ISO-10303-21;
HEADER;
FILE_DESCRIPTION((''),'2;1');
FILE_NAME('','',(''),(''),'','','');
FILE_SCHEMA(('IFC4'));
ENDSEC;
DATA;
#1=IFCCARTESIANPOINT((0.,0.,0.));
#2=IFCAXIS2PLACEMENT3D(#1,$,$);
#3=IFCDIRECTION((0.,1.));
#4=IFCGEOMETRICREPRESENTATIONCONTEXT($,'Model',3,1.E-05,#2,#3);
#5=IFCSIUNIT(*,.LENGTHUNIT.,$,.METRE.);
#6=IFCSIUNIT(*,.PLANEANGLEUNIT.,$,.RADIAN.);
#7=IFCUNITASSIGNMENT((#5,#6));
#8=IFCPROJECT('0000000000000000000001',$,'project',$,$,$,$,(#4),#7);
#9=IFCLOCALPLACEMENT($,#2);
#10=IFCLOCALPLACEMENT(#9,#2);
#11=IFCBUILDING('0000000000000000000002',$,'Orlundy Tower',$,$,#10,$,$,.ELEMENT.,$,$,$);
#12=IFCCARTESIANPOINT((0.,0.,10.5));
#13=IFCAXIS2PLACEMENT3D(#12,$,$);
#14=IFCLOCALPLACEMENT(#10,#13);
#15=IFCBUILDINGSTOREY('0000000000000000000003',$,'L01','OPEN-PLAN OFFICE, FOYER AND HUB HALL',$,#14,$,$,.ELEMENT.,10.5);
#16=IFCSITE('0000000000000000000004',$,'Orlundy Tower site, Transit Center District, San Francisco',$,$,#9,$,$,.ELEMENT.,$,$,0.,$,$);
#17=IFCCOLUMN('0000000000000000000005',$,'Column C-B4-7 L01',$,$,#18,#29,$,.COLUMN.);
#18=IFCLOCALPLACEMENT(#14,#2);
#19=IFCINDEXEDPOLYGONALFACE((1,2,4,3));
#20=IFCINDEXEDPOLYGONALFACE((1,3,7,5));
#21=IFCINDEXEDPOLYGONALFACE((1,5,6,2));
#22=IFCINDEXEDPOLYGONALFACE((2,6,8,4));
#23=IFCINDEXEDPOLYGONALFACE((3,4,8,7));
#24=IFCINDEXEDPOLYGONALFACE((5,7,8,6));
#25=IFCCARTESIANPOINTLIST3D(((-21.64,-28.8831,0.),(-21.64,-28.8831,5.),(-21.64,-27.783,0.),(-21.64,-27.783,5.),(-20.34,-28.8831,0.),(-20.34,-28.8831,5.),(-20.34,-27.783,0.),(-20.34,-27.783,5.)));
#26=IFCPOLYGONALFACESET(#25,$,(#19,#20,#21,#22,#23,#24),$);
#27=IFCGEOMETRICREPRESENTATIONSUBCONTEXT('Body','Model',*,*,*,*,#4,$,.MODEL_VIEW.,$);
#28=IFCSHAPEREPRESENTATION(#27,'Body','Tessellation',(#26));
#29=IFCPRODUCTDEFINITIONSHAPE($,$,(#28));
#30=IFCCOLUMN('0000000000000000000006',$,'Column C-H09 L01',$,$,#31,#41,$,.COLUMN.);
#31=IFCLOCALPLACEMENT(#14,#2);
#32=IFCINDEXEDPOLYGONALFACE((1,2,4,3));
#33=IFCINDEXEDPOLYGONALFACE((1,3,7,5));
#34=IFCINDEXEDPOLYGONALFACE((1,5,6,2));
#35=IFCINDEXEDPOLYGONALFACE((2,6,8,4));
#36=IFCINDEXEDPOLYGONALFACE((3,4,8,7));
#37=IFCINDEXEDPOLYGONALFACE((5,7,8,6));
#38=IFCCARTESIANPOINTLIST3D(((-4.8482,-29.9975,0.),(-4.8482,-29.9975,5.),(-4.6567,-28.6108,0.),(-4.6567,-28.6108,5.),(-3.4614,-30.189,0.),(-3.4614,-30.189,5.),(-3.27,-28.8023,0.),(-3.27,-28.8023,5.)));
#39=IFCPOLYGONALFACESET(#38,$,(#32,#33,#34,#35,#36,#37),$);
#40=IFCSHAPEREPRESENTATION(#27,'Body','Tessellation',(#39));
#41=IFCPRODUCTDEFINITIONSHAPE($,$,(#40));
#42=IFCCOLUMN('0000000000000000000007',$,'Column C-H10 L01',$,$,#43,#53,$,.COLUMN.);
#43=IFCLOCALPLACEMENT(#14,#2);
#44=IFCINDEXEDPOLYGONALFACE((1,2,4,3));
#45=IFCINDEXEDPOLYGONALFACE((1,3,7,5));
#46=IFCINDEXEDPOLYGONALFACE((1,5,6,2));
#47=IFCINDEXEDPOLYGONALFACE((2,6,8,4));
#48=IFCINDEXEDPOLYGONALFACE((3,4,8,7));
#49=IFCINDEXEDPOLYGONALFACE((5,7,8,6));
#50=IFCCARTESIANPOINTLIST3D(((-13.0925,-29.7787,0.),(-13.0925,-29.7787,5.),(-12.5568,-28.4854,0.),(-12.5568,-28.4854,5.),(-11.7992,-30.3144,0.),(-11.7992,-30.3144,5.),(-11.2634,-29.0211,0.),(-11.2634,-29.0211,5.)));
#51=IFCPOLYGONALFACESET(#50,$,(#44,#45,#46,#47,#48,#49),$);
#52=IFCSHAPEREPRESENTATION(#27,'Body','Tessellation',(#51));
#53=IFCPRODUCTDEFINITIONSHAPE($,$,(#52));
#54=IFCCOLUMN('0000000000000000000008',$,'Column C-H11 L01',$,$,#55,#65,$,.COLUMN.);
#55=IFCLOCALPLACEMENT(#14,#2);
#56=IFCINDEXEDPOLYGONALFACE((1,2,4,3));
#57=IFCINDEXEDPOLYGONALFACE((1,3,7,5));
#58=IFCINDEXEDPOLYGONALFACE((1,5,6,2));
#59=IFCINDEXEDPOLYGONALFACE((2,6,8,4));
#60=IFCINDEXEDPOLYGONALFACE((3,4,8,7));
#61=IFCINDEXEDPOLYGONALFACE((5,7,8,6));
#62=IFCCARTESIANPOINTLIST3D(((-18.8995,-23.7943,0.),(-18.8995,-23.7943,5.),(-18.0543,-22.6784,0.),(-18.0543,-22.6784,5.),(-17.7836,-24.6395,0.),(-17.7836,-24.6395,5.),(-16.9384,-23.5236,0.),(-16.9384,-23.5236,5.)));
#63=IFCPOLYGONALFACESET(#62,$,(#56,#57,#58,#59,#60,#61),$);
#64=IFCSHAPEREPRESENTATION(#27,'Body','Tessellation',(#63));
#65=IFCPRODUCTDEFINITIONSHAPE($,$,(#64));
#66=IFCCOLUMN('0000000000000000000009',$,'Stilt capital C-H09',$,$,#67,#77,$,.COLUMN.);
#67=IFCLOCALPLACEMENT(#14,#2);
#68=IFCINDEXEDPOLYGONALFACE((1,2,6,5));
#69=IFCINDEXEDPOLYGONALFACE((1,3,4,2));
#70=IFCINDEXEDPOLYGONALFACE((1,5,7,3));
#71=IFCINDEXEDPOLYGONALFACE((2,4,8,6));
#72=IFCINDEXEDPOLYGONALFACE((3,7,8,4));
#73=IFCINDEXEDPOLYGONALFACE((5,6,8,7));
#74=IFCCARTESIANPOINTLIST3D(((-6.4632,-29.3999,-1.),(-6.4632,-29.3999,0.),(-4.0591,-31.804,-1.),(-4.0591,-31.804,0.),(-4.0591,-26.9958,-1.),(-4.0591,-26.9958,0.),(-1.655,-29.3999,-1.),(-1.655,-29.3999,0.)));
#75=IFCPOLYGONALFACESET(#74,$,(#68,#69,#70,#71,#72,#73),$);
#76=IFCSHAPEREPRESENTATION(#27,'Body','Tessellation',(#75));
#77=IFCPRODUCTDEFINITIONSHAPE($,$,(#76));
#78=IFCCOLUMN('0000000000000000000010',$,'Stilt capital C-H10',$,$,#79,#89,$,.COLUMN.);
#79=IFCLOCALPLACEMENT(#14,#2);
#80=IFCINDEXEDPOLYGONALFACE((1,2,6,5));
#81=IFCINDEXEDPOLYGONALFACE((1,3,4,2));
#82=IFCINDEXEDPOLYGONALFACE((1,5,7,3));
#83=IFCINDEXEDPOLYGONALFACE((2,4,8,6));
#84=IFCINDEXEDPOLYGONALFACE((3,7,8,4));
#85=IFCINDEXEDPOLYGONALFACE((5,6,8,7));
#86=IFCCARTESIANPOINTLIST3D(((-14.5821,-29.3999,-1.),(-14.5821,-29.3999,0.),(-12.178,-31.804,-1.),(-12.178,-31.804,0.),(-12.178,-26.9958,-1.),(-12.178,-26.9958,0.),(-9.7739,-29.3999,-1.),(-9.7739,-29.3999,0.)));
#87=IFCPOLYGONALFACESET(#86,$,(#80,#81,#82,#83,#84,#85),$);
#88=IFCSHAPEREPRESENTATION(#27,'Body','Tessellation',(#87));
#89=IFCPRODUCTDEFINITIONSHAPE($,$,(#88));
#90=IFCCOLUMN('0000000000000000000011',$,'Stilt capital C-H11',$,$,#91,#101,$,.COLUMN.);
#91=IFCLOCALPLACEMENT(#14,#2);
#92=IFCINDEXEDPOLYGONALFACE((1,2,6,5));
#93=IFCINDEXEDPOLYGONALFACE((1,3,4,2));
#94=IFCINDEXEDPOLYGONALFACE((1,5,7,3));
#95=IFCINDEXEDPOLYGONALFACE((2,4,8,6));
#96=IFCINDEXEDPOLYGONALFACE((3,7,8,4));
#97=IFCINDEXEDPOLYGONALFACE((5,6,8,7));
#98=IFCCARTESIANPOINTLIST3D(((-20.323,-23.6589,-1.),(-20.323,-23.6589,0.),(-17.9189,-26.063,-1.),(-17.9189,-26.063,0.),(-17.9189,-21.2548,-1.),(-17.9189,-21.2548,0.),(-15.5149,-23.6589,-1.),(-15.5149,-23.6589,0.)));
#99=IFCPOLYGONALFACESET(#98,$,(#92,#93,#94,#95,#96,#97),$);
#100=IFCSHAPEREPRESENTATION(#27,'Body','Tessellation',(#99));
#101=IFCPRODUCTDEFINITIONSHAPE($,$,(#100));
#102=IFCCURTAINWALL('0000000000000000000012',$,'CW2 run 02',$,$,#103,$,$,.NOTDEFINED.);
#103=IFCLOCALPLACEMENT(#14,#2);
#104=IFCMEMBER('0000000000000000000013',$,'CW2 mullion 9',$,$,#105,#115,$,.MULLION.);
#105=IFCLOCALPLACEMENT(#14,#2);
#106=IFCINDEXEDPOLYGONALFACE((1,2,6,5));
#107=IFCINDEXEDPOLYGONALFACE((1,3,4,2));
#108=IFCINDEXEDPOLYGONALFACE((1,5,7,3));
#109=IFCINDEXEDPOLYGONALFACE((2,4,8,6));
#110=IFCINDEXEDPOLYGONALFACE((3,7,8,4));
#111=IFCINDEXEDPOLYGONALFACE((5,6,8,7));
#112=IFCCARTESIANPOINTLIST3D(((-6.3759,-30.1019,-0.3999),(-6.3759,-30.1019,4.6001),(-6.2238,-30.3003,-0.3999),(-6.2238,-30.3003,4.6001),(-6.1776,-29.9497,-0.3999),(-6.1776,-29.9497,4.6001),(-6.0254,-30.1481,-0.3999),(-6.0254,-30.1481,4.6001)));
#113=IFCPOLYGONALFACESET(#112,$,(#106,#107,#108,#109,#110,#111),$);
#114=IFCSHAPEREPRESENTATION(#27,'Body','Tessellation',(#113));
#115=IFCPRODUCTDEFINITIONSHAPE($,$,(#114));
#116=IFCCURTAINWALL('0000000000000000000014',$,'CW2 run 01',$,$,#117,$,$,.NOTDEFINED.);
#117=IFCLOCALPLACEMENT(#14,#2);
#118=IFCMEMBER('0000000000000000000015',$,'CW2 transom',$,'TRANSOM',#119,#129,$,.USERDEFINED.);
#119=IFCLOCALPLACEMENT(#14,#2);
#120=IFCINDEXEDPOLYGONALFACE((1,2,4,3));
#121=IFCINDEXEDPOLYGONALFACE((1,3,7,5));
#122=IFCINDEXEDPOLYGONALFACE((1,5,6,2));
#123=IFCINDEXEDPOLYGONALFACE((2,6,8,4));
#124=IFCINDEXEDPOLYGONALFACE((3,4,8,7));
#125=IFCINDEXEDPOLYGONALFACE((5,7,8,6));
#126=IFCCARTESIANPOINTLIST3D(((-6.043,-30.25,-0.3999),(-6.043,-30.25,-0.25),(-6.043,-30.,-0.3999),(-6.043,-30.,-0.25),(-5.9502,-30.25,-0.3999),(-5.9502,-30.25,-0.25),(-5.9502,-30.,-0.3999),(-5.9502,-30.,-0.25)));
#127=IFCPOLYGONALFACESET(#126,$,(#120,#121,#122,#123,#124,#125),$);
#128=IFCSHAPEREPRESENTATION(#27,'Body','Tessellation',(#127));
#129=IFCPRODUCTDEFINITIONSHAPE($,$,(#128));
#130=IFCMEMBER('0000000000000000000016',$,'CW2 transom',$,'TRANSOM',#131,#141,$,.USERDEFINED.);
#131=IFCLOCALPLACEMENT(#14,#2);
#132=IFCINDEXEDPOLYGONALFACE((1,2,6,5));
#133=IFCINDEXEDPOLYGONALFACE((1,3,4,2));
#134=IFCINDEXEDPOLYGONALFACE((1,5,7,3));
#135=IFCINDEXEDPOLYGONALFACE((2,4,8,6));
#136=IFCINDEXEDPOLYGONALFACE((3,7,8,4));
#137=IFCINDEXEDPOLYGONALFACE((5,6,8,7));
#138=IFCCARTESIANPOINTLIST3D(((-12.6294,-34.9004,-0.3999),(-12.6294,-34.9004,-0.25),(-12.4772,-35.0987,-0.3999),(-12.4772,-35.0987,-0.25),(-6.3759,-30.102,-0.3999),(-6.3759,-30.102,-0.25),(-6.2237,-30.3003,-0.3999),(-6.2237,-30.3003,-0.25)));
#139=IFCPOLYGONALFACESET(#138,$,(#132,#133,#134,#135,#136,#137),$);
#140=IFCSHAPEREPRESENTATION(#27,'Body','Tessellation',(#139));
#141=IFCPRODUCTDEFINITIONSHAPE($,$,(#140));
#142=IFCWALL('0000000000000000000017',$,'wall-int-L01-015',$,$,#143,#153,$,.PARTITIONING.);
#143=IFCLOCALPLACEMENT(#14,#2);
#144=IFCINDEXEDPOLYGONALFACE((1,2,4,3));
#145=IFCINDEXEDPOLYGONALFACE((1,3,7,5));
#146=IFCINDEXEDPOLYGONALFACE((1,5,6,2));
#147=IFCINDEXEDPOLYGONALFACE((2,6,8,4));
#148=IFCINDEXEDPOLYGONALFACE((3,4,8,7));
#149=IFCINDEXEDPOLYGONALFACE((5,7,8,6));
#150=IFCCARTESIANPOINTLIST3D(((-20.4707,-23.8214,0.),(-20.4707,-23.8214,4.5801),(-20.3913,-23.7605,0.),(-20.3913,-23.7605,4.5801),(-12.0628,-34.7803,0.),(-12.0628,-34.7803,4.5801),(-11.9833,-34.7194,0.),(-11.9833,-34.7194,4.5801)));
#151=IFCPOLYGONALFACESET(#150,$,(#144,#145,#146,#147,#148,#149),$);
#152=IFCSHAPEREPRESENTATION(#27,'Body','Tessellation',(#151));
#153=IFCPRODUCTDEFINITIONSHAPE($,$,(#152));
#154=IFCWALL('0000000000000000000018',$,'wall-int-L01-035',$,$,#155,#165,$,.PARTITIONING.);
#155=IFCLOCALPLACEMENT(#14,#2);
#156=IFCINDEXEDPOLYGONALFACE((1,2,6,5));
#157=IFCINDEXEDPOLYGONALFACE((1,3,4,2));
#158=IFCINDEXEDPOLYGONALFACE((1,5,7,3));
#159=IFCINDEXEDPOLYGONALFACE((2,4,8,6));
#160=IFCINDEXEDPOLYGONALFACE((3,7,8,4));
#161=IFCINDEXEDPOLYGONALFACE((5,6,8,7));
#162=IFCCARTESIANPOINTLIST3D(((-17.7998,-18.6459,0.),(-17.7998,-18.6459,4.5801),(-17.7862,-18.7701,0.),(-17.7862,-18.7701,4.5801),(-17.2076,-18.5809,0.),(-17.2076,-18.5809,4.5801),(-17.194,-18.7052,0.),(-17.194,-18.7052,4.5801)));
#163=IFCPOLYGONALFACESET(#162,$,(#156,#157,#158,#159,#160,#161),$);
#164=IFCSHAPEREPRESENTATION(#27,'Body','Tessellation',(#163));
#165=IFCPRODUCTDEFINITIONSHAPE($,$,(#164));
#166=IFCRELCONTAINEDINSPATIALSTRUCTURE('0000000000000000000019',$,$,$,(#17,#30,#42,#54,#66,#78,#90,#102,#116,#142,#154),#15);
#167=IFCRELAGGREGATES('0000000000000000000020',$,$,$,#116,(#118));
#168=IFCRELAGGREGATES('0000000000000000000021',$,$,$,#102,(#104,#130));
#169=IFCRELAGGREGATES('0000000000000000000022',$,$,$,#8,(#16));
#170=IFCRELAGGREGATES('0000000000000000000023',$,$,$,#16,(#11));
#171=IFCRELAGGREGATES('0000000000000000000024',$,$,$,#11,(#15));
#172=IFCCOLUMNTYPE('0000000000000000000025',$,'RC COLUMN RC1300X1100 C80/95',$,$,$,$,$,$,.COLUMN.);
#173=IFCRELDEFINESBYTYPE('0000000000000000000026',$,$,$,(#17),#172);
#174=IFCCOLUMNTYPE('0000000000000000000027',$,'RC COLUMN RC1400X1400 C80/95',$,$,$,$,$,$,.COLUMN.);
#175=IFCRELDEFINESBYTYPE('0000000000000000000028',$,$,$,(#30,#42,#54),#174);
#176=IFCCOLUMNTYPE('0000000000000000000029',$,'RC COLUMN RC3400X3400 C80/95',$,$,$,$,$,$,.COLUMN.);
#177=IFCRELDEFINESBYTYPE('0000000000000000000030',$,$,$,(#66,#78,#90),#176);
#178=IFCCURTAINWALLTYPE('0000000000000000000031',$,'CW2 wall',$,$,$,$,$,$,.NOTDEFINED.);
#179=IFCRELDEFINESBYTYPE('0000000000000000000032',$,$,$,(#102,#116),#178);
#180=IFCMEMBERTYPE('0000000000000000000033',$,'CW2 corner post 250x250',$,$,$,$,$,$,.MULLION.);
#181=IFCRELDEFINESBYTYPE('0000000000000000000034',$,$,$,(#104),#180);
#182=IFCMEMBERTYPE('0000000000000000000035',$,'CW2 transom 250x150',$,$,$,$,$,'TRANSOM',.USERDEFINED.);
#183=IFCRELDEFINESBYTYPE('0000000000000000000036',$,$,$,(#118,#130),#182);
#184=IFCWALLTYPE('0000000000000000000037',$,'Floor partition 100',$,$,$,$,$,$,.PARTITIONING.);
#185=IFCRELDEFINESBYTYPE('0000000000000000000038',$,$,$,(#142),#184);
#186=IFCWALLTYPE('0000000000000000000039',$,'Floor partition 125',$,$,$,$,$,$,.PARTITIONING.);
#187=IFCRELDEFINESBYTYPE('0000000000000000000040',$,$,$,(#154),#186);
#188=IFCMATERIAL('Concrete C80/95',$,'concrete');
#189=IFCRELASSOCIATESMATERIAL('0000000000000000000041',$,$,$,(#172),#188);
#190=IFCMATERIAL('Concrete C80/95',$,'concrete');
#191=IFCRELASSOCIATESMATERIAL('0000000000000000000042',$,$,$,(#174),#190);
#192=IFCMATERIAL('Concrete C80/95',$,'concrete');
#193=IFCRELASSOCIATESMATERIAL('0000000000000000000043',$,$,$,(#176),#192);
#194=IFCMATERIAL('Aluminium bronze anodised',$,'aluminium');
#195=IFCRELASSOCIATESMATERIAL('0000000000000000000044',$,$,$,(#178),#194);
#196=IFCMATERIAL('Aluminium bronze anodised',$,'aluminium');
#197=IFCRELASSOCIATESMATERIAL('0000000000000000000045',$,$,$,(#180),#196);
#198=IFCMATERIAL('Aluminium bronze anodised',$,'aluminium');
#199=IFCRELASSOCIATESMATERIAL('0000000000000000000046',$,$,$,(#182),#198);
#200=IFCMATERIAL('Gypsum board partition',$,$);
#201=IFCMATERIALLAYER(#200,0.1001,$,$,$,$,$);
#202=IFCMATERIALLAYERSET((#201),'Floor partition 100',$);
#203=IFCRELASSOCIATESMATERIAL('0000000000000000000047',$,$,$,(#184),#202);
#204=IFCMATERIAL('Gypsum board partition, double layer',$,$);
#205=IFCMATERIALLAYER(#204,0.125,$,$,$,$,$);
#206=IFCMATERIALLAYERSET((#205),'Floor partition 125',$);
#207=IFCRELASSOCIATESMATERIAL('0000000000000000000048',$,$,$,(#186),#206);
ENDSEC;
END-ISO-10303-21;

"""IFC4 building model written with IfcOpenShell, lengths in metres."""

from ifc_helpers import new_model, si_unit, direction, frame, frame_2d, origin, origin_2d, place, context, subcontext, project, spatial, rectangle, extrude, material, layer, layer_set, material_profile, profile_set, type_object, element, aggregate, save


model = new_model("IFC4")

# Units and contexts
model_context = context("Model", 3, precision=1e-05, world=origin(), true_north=direction((0.0, 1.0)))
body_context = subcontext(model_context, "Body", "Model", "MODEL_VIEW")
ifc_project = project(units=[si_unit("LENGTHUNIT", "METRE"), si_unit("PLANEANGLEUNIT", "RADIAN")], contexts=[model_context])

# Site, building, storey
site_placement = place(None, origin())
site = spatial("IfcSite", under=ifc_project, at=site_placement, Name="Orlundy Tower site, Transit Center District, San Francisco", CompositionType="ELEMENT", RefElevation=0.0)
building_placement = place(site_placement, origin())
building = spatial("IfcBuilding", under=site, at=building_placement, Name="Orlundy Tower", CompositionType="ELEMENT")
storey_placement = place(building_placement, frame((0.0, 0.0, 10.5)))
storey = spatial("IfcBuildingStorey", under=building, at=storey_placement, Name="L01", Description="OPEN-PLAN OFFICE, FOYER AND HUB HALL", CompositionType="ELEMENT", Elevation=10.5)

# Columns
ifc_material_1 = material(Name="Concrete C80/95", Category="concrete")
ifc_material_profile_1 = material_profile(ifc_material_1, rectangle(XDim=1.3, YDim=1.1001, at=origin_2d()), Name="RC1300X1100")
ifc_profile_set_1 = profile_set([ifc_material_profile_1], Name="Concrete C80/95")
column_type_1 = type_object("IfcColumnType", Name="RC COLUMN RC1300X1100 C80/95", PredefinedType="COLUMN", material=ifc_profile_set_1)
column_placement = place(storey_placement, frame((-20.99, -28.333, 0.0), z_axis=(0.0, 0.0, 1.0), x_axis=(1.0, 0.0, 0.0)))
element("IfcColumn", 1, at=column_placement, inside=storey, type_object=column_type_1, Name="Column C-B4-7 L01", PredefinedType="COLUMN", context=body_context, shape_type="SweptSolid", body=[
    extrude(rectangle(XDim=1.3, YDim=1.1001, at=origin_2d()), origin(), (0.0, 0.0, 1.0), 5.0),
])
ifc_material_2 = material(Name="Concrete C80/95", Category="concrete")
ifc_material_profile_2 = material_profile(ifc_material_2, rectangle(XDim=1.3999, YDim=1.3999, at=origin_2d()), Name="RC1400X1400")
ifc_profile_set_2 = profile_set([ifc_material_profile_2], Name="Concrete C80/95")
column_type_2 = type_object("IfcColumnType", Name="RC COLUMN RC1400X1400 C80/95", PredefinedType="COLUMN", material=ifc_profile_set_2)
for number, where, z_axis, x_axis, name in (
    (2, (-4.0591, -29.3999, 0.0), (0.0, 0.0, 1.0), (-0.13677, -0.990603, 0.0), "Column C-H09 L01"),
    (3, (-12.178, -29.3999, 0.0), (0.0, 0.0, 1.0), (-0.382683, -0.92388, 0.0), "Column C-H10 L01"),
    (4, (-17.9189, -23.6589, 0.0), (0.0, 0.0, 1.0), (-0.603765, -0.797163, 0.0), "Column C-H11 L01"),
):
    element("IfcColumn", number, at=place(storey_placement, frame(where, z_axis=z_axis, x_axis=x_axis)), inside=storey, type_object=column_type_2, Name=name, PredefinedType="COLUMN", context=body_context, shape_type="SweptSolid", body=[
        extrude(rectangle(XDim=1.3999, YDim=1.3999, at=origin_2d()), origin(), (0.0, 0.0, 1.0), 5.0),
    ])
ifc_material_3 = material(Name="Concrete C80/95", Category="concrete")
ifc_material_profile_3 = material_profile(ifc_material_3, rectangle(XDim=3.3999, YDim=3.3999, at=origin_2d()), Name="RC3400X3400")
ifc_profile_set_3 = profile_set([ifc_material_profile_3], Name="Concrete C80/95")
column_type_3 = type_object("IfcColumnType", Name="RC COLUMN RC3400X3400 C80/95", PredefinedType="COLUMN", material=ifc_profile_set_3)
for number, where, z_axis, x_axis, name in (
    (5, (-4.0591, -29.3999, -1.0), (0.0, 0.0, 1.0), (0.707107, 0.707107, 0.0), "Stilt capital C-H09"),
    (6, (-12.178, -29.3999, -1.0), (0.0, 0.0, 1.0), (0.707107, 0.707107, 0.0), "Stilt capital C-H10"),
    (7, (-17.9189, -23.6589, -1.0), (0.0, 0.0, 1.0), (0.707107, 0.707107, 0.0), "Stilt capital C-H11"),
):
    element("IfcColumn", number, at=place(storey_placement, frame(where, z_axis=z_axis, x_axis=x_axis)), inside=storey, type_object=column_type_3, Name=name, PredefinedType="COLUMN", context=body_context, shape_type="SweptSolid", body=[
        extrude(rectangle(XDim=3.3999, YDim=3.3999, at=origin_2d()), origin(), (0.0, 0.0, 1.0), 1.0),
    ])

# Curtain walls, members
ifc_material_4 = material(Name="Aluminium bronze anodised", Category="aluminium")
curtain_wall_type = type_object("IfcCurtainWallType", Name="CW2 wall", PredefinedType="NOTDEFINED", material=ifc_material_4)
curtain_wall_1_placement = place(storey_placement, origin())
curtain_wall_1 = element("IfcCurtainWall", 8, at=curtain_wall_1_placement, inside=storey, type_object=curtain_wall_type, Name="CW2 run 02", PredefinedType="NOTDEFINED")
ifc_material_5 = material(Name="Aluminium bronze anodised", Category="aluminium")
ifc_material_profile_4 = material_profile(ifc_material_5, rectangle(XDim=0.25, YDim=0.25, at=origin_2d()), Name="CW2 corner post 250x250")
ifc_profile_set_4 = profile_set([ifc_material_profile_4], Name="Aluminium bronze anodised")
member_type_1 = type_object("IfcMemberType", Name="CW2 corner post 250x250", PredefinedType="MULLION", material=ifc_profile_set_4)
member_1_placement = place(storey_placement, frame((-6.2007, -30.125, -0.3999), z_axis=(0.0, 0.0, 1.0), x_axis=(0.608763, -0.793352, 0.0)))
member_1 = element("IfcMember", 9, at=member_1_placement, type_object=member_type_1, Name="CW2 mullion 9", PredefinedType="MULLION", context=body_context, shape_type="SweptSolid", body=[
    extrude(rectangle(XDim=0.25, YDim=0.25, at=origin_2d()), origin(), (0.0, 0.0, 1.0), 5.0),
])
curtain_wall_2_placement = place(storey_placement, origin())
curtain_wall_2 = element("IfcCurtainWall", 10, at=curtain_wall_2_placement, inside=storey, type_object=curtain_wall_type, Name="CW2 run 01", PredefinedType="NOTDEFINED")
ifc_material_6 = material(Name="Aluminium bronze anodised", Category="aluminium")
ifc_material_profile_5 = material_profile(ifc_material_6, rectangle(XDim=0.25, YDim=0.1499, at=origin_2d()), Name="CW2 transom 250x150")
ifc_profile_set_5 = profile_set([ifc_material_profile_5], Name="Aluminium bronze anodised")
member_type_2 = type_object("IfcMemberType", Name="CW2 transom 250x150", ElementType="TRANSOM", PredefinedType="USERDEFINED", material=ifc_profile_set_5)
member_2_placement = place(storey_placement, frame((-5.9502, -30.125, -0.325), z_axis=(-1.0, 0.0, 0.0), x_axis=(0.0, -1.0, 0.0)))
member_2 = element("IfcMember", 11, at=member_2_placement, type_object=member_type_2, Name="CW2 transom", ObjectType="TRANSOM", PredefinedType="USERDEFINED", context=body_context, shape_type="SweptSolid", body=[
    extrude(rectangle(XDim=0.25, YDim=0.1499, at=origin_2d()), origin(), (0.0, 0.0, 1.0), 0.0928),
])
aggregate(curtain_wall_2, [member_2])

# Member
member_3_placement = place(storey_placement, frame((-6.2998, -30.2012, -0.325), z_axis=(-0.793358, -0.608755, 0.0), x_axis=(0.608755, -0.793358, 0.0)))
member_3 = element("IfcMember", 12, at=member_3_placement, type_object=member_type_2, Name="CW2 transom", ObjectType="TRANSOM", PredefinedType="USERDEFINED", context=body_context, shape_type="SweptSolid", body=[
    extrude(rectangle(XDim=0.25, YDim=0.1499, at=origin_2d()), origin(), (0.0, 0.0, 1.0), 7.8823),
])
aggregate(curtain_wall_1, [member_1, member_3])

# Walls
ifc_material_7 = material(Name="Gypsum board partition")
ifc_layer_1 = layer(ifc_material_7, 0.1001)
ifc_layer_set_1 = layer_set([ifc_layer_1], Name="Floor partition 100")
wall_type_1 = type_object("IfcWallType", Name="Floor partition 100", PredefinedType="PARTITIONING", material=ifc_layer_set_1)
wall_1_placement = place(storey_placement, frame((-20.4309, -23.791, 0.0), z_axis=(0.0, 0.0, 1.0), x_axis=(0.608708, -0.793394, 0.0)))
element("IfcWall", 13, at=wall_1_placement, inside=storey, type_object=wall_type_1, Name="wall-int-L01-015", PredefinedType="PARTITIONING", context=body_context, shape_type="SweptSolid", body=[
    extrude(rectangle(XDim=13.8127, YDim=0.1001, at=frame_2d((6.9062, 0.0))), origin(), (0.0, 0.0, 1.0), 4.5801),
])
ifc_material_8 = material(Name="Gypsum board partition, double layer")
ifc_layer_2 = layer(ifc_material_8, 0.125)
ifc_layer_set_2 = layer_set([ifc_layer_2], Name="Floor partition 125")
wall_type_2 = type_object("IfcWallType", Name="Floor partition 125", PredefinedType="PARTITIONING", material=ifc_layer_set_2)
wall_2_placement = place(storey_placement, frame((-17.793, -18.708, 0.0), z_axis=(0.0, 0.0, 1.0), x_axis=(0.994038, 0.109037, 0.0)))
element("IfcWall", 14, at=wall_2_placement, inside=storey, type_object=wall_type_2, Name="wall-int-L01-035", PredefinedType="PARTITIONING", context=body_context, shape_type="SweptSolid", body=[
    extrude(rectangle(XDim=0.5957, YDim=0.125, at=frame_2d((0.2979, 0.0))), origin(), (0.0, 0.0, 1.0), 4.5801),
])

save(model, "model.ifc")
